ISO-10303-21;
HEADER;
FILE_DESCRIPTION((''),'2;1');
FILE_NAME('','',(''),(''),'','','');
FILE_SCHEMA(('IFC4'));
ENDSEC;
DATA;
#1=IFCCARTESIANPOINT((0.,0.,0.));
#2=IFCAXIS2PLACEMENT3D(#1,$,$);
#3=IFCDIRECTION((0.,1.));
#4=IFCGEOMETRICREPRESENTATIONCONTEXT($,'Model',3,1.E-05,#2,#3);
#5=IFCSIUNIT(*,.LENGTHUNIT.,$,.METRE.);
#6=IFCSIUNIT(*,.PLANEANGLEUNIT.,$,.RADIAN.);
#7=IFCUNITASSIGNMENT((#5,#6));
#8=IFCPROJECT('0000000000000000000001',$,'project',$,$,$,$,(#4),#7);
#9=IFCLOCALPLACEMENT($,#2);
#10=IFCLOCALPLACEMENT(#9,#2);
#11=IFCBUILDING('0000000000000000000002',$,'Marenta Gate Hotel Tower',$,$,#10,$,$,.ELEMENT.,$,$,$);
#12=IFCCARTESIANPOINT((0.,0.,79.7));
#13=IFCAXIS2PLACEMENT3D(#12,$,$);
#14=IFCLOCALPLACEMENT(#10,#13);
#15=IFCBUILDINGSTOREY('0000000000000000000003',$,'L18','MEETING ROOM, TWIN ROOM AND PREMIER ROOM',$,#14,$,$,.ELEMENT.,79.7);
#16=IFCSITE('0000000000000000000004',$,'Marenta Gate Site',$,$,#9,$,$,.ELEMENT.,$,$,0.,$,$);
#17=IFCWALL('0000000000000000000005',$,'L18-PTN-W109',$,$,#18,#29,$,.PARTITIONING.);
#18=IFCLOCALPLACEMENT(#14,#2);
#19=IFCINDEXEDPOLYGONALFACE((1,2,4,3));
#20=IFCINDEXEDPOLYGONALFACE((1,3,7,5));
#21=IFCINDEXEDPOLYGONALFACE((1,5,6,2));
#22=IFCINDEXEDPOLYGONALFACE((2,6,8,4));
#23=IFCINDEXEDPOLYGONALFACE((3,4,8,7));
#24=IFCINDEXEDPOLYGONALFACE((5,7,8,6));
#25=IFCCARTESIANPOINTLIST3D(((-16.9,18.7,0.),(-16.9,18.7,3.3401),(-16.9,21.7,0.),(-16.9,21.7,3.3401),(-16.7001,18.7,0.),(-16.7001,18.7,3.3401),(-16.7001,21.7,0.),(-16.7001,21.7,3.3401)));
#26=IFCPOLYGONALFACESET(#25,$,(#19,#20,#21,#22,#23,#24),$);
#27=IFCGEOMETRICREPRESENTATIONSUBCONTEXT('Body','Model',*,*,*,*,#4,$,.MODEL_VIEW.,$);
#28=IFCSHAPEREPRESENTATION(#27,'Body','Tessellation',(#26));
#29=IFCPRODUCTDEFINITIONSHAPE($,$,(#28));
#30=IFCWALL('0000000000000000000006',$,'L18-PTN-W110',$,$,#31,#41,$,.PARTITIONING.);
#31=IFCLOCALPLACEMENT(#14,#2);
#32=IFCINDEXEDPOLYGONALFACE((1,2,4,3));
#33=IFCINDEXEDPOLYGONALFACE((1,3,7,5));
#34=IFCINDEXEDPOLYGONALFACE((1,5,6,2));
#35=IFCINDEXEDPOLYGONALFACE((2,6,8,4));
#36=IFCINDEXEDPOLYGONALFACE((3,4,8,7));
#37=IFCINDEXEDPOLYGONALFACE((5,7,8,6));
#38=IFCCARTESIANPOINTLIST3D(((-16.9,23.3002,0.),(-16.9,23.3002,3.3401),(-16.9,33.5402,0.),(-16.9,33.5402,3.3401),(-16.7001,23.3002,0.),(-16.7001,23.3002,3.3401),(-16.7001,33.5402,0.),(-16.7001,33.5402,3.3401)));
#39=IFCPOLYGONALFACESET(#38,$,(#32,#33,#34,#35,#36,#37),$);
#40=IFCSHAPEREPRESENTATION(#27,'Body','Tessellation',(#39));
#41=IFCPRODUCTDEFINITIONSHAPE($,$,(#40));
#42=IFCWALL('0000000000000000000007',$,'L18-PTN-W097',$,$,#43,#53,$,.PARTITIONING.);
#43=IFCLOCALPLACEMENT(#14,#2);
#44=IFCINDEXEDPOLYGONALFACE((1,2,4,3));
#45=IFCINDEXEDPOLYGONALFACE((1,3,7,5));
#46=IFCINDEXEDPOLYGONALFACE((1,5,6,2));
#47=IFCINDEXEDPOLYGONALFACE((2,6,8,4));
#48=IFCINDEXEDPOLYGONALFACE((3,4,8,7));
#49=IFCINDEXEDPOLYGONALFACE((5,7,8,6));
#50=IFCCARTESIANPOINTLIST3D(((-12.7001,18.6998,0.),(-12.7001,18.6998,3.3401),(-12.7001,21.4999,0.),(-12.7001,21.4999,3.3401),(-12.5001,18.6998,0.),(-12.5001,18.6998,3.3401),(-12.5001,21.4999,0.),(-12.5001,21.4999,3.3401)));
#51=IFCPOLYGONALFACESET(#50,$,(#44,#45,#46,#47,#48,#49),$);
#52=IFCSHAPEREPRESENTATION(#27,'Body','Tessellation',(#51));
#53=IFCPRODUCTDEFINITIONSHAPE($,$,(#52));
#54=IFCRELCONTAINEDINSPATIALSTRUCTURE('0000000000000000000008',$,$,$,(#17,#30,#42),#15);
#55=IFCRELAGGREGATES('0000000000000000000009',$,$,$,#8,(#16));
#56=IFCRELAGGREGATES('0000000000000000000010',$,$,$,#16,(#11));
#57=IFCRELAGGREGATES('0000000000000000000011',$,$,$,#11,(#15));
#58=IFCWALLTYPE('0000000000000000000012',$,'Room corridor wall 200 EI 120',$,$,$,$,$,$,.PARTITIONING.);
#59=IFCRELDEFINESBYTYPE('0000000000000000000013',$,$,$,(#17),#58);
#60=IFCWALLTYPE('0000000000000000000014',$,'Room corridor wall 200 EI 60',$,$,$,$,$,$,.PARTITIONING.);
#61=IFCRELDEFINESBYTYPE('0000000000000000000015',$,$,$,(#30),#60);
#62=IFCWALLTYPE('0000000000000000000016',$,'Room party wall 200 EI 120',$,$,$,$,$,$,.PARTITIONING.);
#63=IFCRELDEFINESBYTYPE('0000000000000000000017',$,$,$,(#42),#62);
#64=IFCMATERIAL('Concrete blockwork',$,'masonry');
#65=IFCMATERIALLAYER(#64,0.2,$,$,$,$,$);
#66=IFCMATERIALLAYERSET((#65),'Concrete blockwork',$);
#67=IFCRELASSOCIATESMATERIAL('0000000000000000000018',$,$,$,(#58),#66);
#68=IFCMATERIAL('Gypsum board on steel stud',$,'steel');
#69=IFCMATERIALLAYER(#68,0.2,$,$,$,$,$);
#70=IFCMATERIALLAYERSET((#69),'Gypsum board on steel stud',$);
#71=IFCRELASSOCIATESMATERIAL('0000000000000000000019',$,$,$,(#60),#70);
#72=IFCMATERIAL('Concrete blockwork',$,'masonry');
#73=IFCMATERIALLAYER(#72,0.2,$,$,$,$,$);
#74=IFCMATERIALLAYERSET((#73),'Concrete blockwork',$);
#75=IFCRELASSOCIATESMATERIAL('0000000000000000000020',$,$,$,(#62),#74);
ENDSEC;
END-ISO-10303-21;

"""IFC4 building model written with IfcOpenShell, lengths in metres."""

from ifc_helpers import new_model, si_unit, direction, frame, frame_2d, origin, place, context, subcontext, project, spatial, rectangle, extrude, material, layer, layer_set, type_object, element, save


model = new_model("IFC4")

# Units and contexts
model_context = context("Model", 3, precision=1e-05, world=origin(), true_north=direction((0.0, 1.0)))
body_context = subcontext(model_context, "Body", "Model", "MODEL_VIEW")
ifc_project = project(units=[si_unit("LENGTHUNIT", "METRE"), si_unit("PLANEANGLEUNIT", "RADIAN")], contexts=[model_context])

# Site, building, storey
site_placement = place(None, origin())
site = spatial("IfcSite", under=ifc_project, at=site_placement, Name="Marenta Gate Site", CompositionType="ELEMENT", RefElevation=0.0)
building_placement = place(site_placement, origin())
building = spatial("IfcBuilding", under=site, at=building_placement, Name="Marenta Gate Hotel Tower", CompositionType="ELEMENT")
storey_placement = place(building_placement, frame((0.0, 0.0, 79.7)))
storey = spatial("IfcBuildingStorey", under=building, at=storey_placement, Name="L18", Description="MEETING ROOM, TWIN ROOM AND PREMIER ROOM", CompositionType="ELEMENT", Elevation=79.7)

# Wall
ifc_material_1 = material(Name="Concrete blockwork", Category="masonry")
ifc_layer_1 = layer(ifc_material_1, 0.2)
ifc_layer_set_1 = layer_set([ifc_layer_1], Name="Concrete blockwork")
wall_type_1 = type_object("IfcWallType", Name="Room corridor wall 200 EI 120", PredefinedType="PARTITIONING", material=ifc_layer_set_1)
wall_1_placement = place(storey_placement, frame((-16.8, 18.7, 0.0), z_axis=(0.0, 0.0, 1.0), x_axis=(0.0, 1.0, 0.0)))
element("IfcWall", 1, at=wall_1_placement, inside=storey, type_object=wall_type_1, Name="L18-PTN-W109", PredefinedType="PARTITIONING", context=body_context, shape_type="SweptSolid", body=[
    extrude(rectangle(XDim=3.0, YDim=0.2, at=frame_2d((1.5, 0.0))), origin(), (0.0, 0.0, 1.0), 3.3401),
])

# Wall
ifc_material_2 = material(Name="Gypsum board on steel stud", Category="steel")
ifc_layer_2 = layer(ifc_material_2, 0.2)
ifc_layer_set_2 = layer_set([ifc_layer_2], Name="Gypsum board on steel stud")
wall_type_2 = type_object("IfcWallType", Name="Room corridor wall 200 EI 60", PredefinedType="PARTITIONING", material=ifc_layer_set_2)
wall_2_placement = place(storey_placement, frame((-16.8, 23.3, 0.0), z_axis=(0.0, 0.0, 1.0), x_axis=(0.0, 1.0, 0.0)))
element("IfcWall", 2, at=wall_2_placement, inside=storey, type_object=wall_type_2, Name="L18-PTN-W110", PredefinedType="PARTITIONING", context=body_context, shape_type="SweptSolid", body=[
    extrude(rectangle(XDim=10.24, YDim=0.2, at=frame_2d((5.1201, 0.0))), origin(), (0.0, 0.0, 1.0), 3.3401),
])

# Wall
ifc_material_3 = material(Name="Concrete blockwork", Category="masonry")
ifc_layer_3 = layer(ifc_material_3, 0.2)
ifc_layer_set_3 = layer_set([ifc_layer_3], Name="Concrete blockwork")
wall_type_3 = type_object("IfcWallType", Name="Room party wall 200 EI 120", PredefinedType="PARTITIONING", material=ifc_layer_set_3)
wall_3_placement = place(storey_placement, frame((-12.6001, 18.7, 0.0), z_axis=(0.0, 0.0, 1.0), x_axis=(0.0, 1.0, 0.0)))
element("IfcWall", 3, at=wall_3_placement, inside=storey, type_object=wall_type_3, Name="L18-PTN-W097", PredefinedType="PARTITIONING", context=body_context, shape_type="SweptSolid", body=[
    extrude(rectangle(XDim=2.8, YDim=0.2, at=frame_2d((1.3999, 0.0))), origin(), (0.0, 0.0, 1.0), 3.3401),
])

save(model, "model.ifc")
